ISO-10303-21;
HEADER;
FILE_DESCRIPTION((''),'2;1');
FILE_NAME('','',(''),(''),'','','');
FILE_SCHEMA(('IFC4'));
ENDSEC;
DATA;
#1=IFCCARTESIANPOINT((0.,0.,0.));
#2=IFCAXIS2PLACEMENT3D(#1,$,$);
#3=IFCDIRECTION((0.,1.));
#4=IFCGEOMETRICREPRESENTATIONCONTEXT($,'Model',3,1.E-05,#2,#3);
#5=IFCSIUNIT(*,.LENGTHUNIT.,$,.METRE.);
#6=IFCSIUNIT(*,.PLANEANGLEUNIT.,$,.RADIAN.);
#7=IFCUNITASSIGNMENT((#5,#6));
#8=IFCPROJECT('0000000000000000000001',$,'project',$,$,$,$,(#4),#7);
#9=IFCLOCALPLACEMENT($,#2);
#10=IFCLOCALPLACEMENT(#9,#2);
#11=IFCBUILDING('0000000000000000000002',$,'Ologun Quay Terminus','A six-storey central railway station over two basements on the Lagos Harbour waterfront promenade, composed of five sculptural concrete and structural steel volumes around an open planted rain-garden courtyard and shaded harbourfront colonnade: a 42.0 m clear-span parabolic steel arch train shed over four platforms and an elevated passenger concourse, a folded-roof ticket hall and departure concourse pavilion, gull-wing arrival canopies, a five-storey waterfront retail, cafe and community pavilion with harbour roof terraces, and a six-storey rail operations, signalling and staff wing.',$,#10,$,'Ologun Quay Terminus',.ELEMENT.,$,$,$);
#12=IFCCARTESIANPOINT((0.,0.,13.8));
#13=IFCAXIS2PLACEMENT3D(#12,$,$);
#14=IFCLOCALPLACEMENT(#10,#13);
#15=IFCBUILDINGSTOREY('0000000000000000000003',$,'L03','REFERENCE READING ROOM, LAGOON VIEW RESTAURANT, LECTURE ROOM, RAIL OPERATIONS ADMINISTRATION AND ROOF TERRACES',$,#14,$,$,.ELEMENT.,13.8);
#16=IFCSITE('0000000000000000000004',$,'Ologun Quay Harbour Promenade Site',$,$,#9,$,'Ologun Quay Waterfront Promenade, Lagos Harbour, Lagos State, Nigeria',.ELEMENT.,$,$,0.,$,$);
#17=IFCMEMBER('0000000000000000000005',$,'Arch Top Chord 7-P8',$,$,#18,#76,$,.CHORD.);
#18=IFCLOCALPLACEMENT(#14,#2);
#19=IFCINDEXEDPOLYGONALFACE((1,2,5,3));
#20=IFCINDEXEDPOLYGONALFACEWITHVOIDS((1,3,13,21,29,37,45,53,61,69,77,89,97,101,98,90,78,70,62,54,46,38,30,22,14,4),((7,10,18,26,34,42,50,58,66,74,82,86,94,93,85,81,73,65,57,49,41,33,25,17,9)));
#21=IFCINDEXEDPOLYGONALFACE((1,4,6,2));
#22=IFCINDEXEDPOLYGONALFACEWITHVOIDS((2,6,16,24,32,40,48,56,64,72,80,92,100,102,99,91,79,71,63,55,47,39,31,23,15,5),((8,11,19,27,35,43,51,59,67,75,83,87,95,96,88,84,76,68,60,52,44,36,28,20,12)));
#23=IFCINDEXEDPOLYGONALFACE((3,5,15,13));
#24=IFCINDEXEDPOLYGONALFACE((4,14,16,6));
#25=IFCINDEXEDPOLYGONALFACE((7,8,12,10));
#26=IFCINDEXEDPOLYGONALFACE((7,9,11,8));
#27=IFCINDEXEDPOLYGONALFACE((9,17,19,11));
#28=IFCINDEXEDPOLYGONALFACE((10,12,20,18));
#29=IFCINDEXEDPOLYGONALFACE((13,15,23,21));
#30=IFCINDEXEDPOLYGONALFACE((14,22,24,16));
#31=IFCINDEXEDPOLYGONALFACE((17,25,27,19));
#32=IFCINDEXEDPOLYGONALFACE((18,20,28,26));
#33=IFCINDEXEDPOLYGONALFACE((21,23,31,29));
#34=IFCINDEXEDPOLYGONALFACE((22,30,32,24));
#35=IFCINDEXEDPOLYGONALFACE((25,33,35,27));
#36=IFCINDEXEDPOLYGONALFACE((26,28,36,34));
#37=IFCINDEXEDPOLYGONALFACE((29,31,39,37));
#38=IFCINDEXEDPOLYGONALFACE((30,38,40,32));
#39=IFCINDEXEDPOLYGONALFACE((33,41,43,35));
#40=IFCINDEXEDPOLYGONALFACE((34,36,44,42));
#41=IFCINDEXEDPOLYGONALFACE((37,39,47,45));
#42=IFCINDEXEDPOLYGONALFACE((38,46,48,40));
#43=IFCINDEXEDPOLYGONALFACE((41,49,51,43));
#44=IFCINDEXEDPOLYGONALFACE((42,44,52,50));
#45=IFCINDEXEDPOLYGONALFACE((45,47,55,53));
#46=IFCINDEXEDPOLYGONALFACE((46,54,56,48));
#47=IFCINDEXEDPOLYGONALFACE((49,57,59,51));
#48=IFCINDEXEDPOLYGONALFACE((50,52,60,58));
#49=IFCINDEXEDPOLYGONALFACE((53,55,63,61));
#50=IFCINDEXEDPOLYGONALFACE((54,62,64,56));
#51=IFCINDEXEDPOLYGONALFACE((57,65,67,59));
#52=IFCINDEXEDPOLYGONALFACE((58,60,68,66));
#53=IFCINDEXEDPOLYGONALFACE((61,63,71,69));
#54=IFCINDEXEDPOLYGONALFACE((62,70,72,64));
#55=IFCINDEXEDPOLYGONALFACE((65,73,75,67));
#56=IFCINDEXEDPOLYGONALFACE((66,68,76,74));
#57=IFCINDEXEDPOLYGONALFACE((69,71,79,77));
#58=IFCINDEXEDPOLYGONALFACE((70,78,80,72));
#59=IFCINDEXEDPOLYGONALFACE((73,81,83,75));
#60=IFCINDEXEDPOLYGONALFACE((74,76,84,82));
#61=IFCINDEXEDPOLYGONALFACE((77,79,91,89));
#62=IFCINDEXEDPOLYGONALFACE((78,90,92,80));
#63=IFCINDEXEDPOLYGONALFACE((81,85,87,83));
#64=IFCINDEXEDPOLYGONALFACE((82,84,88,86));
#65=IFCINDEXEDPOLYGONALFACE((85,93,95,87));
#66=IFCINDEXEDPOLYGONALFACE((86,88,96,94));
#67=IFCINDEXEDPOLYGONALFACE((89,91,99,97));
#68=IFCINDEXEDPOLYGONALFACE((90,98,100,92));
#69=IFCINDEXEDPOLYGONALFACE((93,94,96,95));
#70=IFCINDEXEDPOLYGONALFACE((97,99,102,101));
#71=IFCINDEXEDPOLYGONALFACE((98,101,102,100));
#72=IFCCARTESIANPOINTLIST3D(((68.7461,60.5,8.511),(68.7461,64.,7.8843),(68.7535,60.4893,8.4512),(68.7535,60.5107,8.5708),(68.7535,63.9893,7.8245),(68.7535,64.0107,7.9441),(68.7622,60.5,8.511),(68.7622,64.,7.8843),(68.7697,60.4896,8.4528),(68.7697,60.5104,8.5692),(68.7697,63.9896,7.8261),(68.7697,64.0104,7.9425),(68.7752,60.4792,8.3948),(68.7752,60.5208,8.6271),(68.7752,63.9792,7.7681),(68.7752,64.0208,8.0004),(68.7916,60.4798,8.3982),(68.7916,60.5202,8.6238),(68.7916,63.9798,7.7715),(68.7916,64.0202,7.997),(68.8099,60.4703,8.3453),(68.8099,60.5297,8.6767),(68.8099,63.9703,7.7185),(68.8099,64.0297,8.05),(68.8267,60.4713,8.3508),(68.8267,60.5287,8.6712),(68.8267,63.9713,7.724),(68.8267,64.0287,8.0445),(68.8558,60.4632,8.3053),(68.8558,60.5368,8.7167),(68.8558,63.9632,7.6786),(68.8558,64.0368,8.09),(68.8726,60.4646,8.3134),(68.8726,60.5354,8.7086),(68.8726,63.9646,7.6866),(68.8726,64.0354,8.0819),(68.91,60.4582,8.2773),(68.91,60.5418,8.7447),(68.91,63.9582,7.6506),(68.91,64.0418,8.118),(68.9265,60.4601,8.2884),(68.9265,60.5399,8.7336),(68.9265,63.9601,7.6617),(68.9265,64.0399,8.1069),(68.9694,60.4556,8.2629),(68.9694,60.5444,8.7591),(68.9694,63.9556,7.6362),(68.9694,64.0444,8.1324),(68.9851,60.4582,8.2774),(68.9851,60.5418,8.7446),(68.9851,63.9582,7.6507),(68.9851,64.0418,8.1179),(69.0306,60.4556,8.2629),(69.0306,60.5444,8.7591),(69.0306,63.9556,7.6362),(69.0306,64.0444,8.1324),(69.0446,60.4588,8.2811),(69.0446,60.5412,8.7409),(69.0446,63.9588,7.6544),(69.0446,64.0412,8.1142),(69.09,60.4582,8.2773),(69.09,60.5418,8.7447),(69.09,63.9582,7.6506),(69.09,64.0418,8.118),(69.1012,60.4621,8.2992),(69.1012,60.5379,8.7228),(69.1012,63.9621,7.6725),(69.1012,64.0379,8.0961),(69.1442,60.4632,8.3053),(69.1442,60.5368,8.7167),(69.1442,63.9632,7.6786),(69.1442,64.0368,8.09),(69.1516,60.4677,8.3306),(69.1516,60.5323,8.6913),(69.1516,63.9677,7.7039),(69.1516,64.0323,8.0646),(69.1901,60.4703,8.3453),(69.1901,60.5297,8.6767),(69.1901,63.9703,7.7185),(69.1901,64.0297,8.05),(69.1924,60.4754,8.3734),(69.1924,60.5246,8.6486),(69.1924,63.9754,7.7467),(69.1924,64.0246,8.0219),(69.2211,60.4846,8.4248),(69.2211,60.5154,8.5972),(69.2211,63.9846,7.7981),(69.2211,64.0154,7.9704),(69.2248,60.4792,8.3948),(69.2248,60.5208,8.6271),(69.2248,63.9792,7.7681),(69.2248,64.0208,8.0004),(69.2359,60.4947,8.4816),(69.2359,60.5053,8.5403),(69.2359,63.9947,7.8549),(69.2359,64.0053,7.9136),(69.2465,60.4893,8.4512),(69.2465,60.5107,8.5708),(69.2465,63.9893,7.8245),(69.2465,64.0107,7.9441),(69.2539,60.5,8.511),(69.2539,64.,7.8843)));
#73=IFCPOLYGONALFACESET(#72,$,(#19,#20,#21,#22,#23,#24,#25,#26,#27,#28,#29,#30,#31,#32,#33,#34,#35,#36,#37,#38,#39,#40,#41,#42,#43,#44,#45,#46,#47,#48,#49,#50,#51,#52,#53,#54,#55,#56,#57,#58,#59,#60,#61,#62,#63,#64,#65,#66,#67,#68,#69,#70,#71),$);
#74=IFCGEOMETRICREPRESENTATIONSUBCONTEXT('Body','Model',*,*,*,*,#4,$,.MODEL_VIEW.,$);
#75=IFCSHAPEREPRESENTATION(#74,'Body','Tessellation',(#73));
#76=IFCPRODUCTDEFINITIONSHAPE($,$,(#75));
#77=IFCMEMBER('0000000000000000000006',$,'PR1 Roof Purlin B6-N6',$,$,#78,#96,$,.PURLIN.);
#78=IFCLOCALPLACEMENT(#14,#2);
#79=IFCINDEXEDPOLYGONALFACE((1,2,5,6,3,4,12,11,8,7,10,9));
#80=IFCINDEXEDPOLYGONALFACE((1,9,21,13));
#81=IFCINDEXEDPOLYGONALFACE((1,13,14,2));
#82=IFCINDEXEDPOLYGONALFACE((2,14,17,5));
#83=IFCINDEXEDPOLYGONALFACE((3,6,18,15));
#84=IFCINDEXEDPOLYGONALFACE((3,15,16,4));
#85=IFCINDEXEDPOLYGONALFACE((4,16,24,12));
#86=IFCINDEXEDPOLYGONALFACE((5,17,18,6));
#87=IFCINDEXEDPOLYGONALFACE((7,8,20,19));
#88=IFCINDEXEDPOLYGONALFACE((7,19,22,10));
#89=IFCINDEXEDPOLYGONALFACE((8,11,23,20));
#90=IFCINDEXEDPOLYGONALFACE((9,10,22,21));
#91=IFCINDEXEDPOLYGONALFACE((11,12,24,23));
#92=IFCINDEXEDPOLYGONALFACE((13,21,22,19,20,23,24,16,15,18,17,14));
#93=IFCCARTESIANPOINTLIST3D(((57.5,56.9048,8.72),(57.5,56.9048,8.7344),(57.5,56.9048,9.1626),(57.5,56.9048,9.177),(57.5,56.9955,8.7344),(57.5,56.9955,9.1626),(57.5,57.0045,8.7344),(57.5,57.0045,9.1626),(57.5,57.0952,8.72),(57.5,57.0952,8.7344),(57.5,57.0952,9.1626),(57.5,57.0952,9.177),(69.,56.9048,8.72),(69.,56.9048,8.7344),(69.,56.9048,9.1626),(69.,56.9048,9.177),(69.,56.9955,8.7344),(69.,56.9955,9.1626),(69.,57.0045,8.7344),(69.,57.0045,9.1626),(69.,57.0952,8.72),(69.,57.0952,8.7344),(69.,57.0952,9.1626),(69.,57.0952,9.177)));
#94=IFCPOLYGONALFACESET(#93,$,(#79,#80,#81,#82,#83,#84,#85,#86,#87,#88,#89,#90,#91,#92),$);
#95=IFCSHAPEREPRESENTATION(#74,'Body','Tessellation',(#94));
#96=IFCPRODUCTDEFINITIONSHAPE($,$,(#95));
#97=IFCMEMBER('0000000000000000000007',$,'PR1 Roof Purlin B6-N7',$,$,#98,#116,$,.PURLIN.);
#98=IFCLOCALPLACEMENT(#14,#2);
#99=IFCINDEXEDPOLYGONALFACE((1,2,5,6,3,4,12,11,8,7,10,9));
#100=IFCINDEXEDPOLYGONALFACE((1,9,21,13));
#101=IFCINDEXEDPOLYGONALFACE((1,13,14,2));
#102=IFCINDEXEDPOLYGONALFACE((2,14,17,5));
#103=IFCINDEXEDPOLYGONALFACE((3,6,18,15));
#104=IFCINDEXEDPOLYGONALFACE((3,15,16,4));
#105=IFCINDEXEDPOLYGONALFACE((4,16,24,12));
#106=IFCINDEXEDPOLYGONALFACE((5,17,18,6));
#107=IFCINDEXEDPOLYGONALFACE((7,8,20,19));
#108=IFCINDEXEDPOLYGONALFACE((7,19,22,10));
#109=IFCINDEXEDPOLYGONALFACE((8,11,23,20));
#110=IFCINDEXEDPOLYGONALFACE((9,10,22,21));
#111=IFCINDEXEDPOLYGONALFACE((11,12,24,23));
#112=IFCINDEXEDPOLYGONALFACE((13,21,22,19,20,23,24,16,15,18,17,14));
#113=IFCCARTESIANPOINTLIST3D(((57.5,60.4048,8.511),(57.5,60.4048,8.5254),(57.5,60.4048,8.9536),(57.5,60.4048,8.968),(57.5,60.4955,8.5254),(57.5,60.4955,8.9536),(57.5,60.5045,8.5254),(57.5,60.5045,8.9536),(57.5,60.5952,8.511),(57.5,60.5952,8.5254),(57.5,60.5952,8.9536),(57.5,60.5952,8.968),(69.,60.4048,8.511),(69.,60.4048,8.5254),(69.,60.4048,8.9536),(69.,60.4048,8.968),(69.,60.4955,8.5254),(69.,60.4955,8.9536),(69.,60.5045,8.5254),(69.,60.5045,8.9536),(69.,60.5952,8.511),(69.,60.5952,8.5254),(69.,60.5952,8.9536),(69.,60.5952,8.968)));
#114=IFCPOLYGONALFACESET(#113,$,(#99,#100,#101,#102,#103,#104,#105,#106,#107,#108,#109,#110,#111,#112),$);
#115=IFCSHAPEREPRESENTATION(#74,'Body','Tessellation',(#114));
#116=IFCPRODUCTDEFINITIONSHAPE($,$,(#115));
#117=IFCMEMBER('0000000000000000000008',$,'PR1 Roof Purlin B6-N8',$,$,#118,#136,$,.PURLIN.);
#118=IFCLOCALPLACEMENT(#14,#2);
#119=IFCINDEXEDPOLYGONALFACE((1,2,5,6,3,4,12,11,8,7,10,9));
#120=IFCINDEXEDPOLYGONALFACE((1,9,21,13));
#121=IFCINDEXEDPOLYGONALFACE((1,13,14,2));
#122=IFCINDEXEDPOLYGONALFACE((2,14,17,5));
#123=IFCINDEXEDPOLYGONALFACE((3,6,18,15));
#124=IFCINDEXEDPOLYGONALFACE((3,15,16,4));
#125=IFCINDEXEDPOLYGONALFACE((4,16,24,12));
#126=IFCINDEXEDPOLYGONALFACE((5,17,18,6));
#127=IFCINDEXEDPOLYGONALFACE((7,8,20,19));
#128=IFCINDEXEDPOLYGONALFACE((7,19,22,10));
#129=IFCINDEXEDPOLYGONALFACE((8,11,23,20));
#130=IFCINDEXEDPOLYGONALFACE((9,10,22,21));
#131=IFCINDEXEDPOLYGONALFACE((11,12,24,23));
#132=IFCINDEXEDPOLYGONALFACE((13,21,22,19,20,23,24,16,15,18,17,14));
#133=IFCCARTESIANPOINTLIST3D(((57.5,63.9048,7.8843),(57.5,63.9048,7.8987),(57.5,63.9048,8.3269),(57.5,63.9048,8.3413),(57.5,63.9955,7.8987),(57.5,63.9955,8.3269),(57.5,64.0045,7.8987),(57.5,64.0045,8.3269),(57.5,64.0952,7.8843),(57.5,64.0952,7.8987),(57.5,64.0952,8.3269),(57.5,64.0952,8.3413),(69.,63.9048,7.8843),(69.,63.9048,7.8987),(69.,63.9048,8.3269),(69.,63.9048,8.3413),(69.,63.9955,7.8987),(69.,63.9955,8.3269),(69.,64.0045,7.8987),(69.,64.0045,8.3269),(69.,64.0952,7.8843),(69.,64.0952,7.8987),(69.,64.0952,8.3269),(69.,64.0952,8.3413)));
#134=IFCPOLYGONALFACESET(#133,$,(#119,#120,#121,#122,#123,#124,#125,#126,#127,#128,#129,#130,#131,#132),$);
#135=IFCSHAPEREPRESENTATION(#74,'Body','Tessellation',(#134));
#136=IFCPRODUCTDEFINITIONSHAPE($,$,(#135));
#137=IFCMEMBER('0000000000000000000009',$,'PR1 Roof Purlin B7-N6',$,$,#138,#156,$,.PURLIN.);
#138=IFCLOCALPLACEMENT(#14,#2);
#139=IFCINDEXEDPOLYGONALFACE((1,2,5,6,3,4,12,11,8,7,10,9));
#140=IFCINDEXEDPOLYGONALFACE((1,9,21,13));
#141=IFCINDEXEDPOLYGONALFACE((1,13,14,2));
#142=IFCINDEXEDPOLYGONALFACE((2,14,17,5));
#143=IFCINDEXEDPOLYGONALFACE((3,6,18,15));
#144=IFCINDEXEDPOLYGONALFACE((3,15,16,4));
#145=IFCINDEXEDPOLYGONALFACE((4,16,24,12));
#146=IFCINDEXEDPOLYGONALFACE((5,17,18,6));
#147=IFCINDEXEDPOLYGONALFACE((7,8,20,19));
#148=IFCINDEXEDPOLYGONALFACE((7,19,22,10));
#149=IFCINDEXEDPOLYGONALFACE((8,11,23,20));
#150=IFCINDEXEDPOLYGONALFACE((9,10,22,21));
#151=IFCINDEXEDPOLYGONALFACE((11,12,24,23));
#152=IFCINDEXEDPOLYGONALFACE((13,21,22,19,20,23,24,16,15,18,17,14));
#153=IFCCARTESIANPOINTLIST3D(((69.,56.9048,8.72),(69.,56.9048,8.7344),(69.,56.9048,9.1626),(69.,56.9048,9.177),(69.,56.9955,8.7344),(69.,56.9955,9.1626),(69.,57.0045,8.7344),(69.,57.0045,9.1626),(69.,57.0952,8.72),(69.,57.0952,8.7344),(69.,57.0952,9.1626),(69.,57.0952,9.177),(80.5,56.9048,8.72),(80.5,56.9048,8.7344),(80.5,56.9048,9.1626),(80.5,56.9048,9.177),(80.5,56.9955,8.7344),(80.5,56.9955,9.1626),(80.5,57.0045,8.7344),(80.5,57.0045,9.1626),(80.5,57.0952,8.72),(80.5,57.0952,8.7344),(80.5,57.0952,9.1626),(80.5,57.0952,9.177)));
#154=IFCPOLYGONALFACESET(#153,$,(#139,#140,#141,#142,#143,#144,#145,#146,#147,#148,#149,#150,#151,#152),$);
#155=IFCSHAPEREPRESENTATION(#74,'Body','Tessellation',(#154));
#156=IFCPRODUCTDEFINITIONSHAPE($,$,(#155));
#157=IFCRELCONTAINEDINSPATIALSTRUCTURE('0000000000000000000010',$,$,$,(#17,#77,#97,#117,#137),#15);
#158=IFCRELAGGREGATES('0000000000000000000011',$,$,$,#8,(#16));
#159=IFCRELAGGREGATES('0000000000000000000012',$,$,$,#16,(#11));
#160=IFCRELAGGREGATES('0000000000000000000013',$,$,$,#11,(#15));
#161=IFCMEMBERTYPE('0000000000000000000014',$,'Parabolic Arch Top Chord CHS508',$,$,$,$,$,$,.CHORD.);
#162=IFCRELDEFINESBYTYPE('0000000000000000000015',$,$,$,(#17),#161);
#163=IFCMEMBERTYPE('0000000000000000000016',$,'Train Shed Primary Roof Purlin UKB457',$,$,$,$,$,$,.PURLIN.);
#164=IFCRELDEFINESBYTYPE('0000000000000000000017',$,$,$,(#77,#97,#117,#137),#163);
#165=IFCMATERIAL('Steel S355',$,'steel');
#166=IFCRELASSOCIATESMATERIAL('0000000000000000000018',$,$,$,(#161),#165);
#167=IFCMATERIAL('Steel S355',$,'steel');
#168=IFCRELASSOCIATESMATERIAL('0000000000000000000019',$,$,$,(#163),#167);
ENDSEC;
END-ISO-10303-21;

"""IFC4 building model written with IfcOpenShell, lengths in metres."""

from ifc_helpers import new_model, si_unit, direction, frame, origin, origin_2d, place, context, subcontext, project, spatial, hollow_circle, i_section, extrude, material, material_profile, profile_set, type_object, element, save


model = new_model("IFC4")

# Units and contexts
model_context = context("Model", 3, precision=1e-05, world=origin(), true_north=direction((0.0, 1.0)))
body_context = subcontext(model_context, "Body", "Model", "MODEL_VIEW")
ifc_project = project(units=[si_unit("LENGTHUNIT", "METRE"), si_unit("PLANEANGLEUNIT", "RADIAN")], contexts=[model_context])

# Site, building, storey
site_placement = place(None, origin())
site = spatial("IfcSite", under=ifc_project, at=site_placement, Name="Ologun Quay Harbour Promenade Site", LongName="Ologun Quay Waterfront Promenade, Lagos Harbour, Lagos State, Nigeria", CompositionType="ELEMENT", RefElevation=0.0)
building_placement = place(site_placement, origin())
building = spatial("IfcBuilding", under=site, at=building_placement, Name="Ologun Quay Terminus", Description="A six-storey central railway station over two basements on the Lagos Harbour waterfront promenade, composed of five sculptural concrete and structural steel volumes around an open planted rain-garden courtyard and shaded harbourfront colonnade: a 42.0 m clear-span parabolic steel arch train shed over four platforms and an elevated passenger concourse, a folded-roof ticket hall and departure concourse pavilion, gull-wing arrival canopies, a five-storey waterfront retail, cafe and community pavilion with harbour roof terraces, and a six-storey rail operations, signalling and staff wing.", LongName="Ologun Quay Terminus", CompositionType="ELEMENT")
storey_placement = place(building_placement, frame((0.0, 0.0, 13.8)))
storey = spatial("IfcBuildingStorey", under=building, at=storey_placement, Name="L03", Description="REFERENCE READING ROOM, LAGOON VIEW RESTAURANT, LECTURE ROOM, RAIL OPERATIONS ADMINISTRATION AND ROOF TERRACES", CompositionType="ELEMENT", Elevation=13.8)

# Members
ifc_material_1 = material(Name="Steel S355", Category="steel")
ifc_material_profile_1 = material_profile(ifc_material_1, hollow_circle(Radius=0.2539, WallThickness=0.0161, at=origin_2d()), Name="CHS 508x16")
ifc_profile_set_1 = profile_set([ifc_material_profile_1], Name="Steel S355")
member_type_1 = type_object("IfcMemberType", Name="Parabolic Arch Top Chord CHS508", PredefinedType="CHORD", material=ifc_profile_set_1)
member_1_placement = place(storey_placement, frame((69.0, 60.5, 8.511), z_axis=(0.0, 0.984344, -0.176256), x_axis=(-1.0, 0.0, 0.0)))
element("IfcMember", 1, at=member_1_placement, inside=storey, type_object=member_type_1, Name="Arch Top Chord 7-P8", PredefinedType="CHORD", context=body_context, shape_type="SweptSolid", body=[
    extrude(hollow_circle(Radius=0.2539, WallThickness=0.0161, at=origin_2d()), origin(), (0.0, 0.0, 1.0), 3.5557),
])
ifc_material_2 = material(Name="Steel S355", Category="steel")
ifc_material_profile_2 = material_profile(ifc_material_2, i_section(OverallWidth=0.1904, OverallDepth=0.457, WebThickness=0.009, FlangeThickness=0.0144, at=origin_2d()), Name="UKB 457x191x74")
ifc_profile_set_2 = profile_set([ifc_material_profile_2], Name="Steel S355")
member_type_2 = type_object("IfcMemberType", Name="Train Shed Primary Roof Purlin UKB457", PredefinedType="PURLIN", material=ifc_profile_set_2)
for number, where, z_axis, x_axis, name in (
    (2, (57.5, 57.0, 8.9485), (1.0, 0.0, 0.0), (0.0, 1.0, 0.0), "PR1 Roof Purlin B6-N6"),
    (3, (57.5, 60.5, 8.7395), (1.0, 0.0, 0.0), (0.0, 1.0, 0.0), "PR1 Roof Purlin B6-N7"),
    (4, (57.5, 64.0, 8.1128), (1.0, 0.0, 0.0), (0.0, 1.0, 0.0), "PR1 Roof Purlin B6-N8"),
    (5, (69.0, 57.0, 8.9485), (1.0, 0.0, 0.0), (0.0, 1.0, 0.0), "PR1 Roof Purlin B7-N6"),
):
    element("IfcMember", number, at=place(storey_placement, frame(where, z_axis=z_axis, x_axis=x_axis)), inside=storey, type_object=member_type_2, Name=name, PredefinedType="PURLIN", context=body_context, shape_type="SweptSolid", body=[
        extrude(i_section(OverallWidth=0.1904, OverallDepth=0.457, WebThickness=0.009, FlangeThickness=0.0144, at=origin_2d()), origin(), (0.0, 0.0, 1.0), 11.5),
    ])

save(model, "model.ifc")
